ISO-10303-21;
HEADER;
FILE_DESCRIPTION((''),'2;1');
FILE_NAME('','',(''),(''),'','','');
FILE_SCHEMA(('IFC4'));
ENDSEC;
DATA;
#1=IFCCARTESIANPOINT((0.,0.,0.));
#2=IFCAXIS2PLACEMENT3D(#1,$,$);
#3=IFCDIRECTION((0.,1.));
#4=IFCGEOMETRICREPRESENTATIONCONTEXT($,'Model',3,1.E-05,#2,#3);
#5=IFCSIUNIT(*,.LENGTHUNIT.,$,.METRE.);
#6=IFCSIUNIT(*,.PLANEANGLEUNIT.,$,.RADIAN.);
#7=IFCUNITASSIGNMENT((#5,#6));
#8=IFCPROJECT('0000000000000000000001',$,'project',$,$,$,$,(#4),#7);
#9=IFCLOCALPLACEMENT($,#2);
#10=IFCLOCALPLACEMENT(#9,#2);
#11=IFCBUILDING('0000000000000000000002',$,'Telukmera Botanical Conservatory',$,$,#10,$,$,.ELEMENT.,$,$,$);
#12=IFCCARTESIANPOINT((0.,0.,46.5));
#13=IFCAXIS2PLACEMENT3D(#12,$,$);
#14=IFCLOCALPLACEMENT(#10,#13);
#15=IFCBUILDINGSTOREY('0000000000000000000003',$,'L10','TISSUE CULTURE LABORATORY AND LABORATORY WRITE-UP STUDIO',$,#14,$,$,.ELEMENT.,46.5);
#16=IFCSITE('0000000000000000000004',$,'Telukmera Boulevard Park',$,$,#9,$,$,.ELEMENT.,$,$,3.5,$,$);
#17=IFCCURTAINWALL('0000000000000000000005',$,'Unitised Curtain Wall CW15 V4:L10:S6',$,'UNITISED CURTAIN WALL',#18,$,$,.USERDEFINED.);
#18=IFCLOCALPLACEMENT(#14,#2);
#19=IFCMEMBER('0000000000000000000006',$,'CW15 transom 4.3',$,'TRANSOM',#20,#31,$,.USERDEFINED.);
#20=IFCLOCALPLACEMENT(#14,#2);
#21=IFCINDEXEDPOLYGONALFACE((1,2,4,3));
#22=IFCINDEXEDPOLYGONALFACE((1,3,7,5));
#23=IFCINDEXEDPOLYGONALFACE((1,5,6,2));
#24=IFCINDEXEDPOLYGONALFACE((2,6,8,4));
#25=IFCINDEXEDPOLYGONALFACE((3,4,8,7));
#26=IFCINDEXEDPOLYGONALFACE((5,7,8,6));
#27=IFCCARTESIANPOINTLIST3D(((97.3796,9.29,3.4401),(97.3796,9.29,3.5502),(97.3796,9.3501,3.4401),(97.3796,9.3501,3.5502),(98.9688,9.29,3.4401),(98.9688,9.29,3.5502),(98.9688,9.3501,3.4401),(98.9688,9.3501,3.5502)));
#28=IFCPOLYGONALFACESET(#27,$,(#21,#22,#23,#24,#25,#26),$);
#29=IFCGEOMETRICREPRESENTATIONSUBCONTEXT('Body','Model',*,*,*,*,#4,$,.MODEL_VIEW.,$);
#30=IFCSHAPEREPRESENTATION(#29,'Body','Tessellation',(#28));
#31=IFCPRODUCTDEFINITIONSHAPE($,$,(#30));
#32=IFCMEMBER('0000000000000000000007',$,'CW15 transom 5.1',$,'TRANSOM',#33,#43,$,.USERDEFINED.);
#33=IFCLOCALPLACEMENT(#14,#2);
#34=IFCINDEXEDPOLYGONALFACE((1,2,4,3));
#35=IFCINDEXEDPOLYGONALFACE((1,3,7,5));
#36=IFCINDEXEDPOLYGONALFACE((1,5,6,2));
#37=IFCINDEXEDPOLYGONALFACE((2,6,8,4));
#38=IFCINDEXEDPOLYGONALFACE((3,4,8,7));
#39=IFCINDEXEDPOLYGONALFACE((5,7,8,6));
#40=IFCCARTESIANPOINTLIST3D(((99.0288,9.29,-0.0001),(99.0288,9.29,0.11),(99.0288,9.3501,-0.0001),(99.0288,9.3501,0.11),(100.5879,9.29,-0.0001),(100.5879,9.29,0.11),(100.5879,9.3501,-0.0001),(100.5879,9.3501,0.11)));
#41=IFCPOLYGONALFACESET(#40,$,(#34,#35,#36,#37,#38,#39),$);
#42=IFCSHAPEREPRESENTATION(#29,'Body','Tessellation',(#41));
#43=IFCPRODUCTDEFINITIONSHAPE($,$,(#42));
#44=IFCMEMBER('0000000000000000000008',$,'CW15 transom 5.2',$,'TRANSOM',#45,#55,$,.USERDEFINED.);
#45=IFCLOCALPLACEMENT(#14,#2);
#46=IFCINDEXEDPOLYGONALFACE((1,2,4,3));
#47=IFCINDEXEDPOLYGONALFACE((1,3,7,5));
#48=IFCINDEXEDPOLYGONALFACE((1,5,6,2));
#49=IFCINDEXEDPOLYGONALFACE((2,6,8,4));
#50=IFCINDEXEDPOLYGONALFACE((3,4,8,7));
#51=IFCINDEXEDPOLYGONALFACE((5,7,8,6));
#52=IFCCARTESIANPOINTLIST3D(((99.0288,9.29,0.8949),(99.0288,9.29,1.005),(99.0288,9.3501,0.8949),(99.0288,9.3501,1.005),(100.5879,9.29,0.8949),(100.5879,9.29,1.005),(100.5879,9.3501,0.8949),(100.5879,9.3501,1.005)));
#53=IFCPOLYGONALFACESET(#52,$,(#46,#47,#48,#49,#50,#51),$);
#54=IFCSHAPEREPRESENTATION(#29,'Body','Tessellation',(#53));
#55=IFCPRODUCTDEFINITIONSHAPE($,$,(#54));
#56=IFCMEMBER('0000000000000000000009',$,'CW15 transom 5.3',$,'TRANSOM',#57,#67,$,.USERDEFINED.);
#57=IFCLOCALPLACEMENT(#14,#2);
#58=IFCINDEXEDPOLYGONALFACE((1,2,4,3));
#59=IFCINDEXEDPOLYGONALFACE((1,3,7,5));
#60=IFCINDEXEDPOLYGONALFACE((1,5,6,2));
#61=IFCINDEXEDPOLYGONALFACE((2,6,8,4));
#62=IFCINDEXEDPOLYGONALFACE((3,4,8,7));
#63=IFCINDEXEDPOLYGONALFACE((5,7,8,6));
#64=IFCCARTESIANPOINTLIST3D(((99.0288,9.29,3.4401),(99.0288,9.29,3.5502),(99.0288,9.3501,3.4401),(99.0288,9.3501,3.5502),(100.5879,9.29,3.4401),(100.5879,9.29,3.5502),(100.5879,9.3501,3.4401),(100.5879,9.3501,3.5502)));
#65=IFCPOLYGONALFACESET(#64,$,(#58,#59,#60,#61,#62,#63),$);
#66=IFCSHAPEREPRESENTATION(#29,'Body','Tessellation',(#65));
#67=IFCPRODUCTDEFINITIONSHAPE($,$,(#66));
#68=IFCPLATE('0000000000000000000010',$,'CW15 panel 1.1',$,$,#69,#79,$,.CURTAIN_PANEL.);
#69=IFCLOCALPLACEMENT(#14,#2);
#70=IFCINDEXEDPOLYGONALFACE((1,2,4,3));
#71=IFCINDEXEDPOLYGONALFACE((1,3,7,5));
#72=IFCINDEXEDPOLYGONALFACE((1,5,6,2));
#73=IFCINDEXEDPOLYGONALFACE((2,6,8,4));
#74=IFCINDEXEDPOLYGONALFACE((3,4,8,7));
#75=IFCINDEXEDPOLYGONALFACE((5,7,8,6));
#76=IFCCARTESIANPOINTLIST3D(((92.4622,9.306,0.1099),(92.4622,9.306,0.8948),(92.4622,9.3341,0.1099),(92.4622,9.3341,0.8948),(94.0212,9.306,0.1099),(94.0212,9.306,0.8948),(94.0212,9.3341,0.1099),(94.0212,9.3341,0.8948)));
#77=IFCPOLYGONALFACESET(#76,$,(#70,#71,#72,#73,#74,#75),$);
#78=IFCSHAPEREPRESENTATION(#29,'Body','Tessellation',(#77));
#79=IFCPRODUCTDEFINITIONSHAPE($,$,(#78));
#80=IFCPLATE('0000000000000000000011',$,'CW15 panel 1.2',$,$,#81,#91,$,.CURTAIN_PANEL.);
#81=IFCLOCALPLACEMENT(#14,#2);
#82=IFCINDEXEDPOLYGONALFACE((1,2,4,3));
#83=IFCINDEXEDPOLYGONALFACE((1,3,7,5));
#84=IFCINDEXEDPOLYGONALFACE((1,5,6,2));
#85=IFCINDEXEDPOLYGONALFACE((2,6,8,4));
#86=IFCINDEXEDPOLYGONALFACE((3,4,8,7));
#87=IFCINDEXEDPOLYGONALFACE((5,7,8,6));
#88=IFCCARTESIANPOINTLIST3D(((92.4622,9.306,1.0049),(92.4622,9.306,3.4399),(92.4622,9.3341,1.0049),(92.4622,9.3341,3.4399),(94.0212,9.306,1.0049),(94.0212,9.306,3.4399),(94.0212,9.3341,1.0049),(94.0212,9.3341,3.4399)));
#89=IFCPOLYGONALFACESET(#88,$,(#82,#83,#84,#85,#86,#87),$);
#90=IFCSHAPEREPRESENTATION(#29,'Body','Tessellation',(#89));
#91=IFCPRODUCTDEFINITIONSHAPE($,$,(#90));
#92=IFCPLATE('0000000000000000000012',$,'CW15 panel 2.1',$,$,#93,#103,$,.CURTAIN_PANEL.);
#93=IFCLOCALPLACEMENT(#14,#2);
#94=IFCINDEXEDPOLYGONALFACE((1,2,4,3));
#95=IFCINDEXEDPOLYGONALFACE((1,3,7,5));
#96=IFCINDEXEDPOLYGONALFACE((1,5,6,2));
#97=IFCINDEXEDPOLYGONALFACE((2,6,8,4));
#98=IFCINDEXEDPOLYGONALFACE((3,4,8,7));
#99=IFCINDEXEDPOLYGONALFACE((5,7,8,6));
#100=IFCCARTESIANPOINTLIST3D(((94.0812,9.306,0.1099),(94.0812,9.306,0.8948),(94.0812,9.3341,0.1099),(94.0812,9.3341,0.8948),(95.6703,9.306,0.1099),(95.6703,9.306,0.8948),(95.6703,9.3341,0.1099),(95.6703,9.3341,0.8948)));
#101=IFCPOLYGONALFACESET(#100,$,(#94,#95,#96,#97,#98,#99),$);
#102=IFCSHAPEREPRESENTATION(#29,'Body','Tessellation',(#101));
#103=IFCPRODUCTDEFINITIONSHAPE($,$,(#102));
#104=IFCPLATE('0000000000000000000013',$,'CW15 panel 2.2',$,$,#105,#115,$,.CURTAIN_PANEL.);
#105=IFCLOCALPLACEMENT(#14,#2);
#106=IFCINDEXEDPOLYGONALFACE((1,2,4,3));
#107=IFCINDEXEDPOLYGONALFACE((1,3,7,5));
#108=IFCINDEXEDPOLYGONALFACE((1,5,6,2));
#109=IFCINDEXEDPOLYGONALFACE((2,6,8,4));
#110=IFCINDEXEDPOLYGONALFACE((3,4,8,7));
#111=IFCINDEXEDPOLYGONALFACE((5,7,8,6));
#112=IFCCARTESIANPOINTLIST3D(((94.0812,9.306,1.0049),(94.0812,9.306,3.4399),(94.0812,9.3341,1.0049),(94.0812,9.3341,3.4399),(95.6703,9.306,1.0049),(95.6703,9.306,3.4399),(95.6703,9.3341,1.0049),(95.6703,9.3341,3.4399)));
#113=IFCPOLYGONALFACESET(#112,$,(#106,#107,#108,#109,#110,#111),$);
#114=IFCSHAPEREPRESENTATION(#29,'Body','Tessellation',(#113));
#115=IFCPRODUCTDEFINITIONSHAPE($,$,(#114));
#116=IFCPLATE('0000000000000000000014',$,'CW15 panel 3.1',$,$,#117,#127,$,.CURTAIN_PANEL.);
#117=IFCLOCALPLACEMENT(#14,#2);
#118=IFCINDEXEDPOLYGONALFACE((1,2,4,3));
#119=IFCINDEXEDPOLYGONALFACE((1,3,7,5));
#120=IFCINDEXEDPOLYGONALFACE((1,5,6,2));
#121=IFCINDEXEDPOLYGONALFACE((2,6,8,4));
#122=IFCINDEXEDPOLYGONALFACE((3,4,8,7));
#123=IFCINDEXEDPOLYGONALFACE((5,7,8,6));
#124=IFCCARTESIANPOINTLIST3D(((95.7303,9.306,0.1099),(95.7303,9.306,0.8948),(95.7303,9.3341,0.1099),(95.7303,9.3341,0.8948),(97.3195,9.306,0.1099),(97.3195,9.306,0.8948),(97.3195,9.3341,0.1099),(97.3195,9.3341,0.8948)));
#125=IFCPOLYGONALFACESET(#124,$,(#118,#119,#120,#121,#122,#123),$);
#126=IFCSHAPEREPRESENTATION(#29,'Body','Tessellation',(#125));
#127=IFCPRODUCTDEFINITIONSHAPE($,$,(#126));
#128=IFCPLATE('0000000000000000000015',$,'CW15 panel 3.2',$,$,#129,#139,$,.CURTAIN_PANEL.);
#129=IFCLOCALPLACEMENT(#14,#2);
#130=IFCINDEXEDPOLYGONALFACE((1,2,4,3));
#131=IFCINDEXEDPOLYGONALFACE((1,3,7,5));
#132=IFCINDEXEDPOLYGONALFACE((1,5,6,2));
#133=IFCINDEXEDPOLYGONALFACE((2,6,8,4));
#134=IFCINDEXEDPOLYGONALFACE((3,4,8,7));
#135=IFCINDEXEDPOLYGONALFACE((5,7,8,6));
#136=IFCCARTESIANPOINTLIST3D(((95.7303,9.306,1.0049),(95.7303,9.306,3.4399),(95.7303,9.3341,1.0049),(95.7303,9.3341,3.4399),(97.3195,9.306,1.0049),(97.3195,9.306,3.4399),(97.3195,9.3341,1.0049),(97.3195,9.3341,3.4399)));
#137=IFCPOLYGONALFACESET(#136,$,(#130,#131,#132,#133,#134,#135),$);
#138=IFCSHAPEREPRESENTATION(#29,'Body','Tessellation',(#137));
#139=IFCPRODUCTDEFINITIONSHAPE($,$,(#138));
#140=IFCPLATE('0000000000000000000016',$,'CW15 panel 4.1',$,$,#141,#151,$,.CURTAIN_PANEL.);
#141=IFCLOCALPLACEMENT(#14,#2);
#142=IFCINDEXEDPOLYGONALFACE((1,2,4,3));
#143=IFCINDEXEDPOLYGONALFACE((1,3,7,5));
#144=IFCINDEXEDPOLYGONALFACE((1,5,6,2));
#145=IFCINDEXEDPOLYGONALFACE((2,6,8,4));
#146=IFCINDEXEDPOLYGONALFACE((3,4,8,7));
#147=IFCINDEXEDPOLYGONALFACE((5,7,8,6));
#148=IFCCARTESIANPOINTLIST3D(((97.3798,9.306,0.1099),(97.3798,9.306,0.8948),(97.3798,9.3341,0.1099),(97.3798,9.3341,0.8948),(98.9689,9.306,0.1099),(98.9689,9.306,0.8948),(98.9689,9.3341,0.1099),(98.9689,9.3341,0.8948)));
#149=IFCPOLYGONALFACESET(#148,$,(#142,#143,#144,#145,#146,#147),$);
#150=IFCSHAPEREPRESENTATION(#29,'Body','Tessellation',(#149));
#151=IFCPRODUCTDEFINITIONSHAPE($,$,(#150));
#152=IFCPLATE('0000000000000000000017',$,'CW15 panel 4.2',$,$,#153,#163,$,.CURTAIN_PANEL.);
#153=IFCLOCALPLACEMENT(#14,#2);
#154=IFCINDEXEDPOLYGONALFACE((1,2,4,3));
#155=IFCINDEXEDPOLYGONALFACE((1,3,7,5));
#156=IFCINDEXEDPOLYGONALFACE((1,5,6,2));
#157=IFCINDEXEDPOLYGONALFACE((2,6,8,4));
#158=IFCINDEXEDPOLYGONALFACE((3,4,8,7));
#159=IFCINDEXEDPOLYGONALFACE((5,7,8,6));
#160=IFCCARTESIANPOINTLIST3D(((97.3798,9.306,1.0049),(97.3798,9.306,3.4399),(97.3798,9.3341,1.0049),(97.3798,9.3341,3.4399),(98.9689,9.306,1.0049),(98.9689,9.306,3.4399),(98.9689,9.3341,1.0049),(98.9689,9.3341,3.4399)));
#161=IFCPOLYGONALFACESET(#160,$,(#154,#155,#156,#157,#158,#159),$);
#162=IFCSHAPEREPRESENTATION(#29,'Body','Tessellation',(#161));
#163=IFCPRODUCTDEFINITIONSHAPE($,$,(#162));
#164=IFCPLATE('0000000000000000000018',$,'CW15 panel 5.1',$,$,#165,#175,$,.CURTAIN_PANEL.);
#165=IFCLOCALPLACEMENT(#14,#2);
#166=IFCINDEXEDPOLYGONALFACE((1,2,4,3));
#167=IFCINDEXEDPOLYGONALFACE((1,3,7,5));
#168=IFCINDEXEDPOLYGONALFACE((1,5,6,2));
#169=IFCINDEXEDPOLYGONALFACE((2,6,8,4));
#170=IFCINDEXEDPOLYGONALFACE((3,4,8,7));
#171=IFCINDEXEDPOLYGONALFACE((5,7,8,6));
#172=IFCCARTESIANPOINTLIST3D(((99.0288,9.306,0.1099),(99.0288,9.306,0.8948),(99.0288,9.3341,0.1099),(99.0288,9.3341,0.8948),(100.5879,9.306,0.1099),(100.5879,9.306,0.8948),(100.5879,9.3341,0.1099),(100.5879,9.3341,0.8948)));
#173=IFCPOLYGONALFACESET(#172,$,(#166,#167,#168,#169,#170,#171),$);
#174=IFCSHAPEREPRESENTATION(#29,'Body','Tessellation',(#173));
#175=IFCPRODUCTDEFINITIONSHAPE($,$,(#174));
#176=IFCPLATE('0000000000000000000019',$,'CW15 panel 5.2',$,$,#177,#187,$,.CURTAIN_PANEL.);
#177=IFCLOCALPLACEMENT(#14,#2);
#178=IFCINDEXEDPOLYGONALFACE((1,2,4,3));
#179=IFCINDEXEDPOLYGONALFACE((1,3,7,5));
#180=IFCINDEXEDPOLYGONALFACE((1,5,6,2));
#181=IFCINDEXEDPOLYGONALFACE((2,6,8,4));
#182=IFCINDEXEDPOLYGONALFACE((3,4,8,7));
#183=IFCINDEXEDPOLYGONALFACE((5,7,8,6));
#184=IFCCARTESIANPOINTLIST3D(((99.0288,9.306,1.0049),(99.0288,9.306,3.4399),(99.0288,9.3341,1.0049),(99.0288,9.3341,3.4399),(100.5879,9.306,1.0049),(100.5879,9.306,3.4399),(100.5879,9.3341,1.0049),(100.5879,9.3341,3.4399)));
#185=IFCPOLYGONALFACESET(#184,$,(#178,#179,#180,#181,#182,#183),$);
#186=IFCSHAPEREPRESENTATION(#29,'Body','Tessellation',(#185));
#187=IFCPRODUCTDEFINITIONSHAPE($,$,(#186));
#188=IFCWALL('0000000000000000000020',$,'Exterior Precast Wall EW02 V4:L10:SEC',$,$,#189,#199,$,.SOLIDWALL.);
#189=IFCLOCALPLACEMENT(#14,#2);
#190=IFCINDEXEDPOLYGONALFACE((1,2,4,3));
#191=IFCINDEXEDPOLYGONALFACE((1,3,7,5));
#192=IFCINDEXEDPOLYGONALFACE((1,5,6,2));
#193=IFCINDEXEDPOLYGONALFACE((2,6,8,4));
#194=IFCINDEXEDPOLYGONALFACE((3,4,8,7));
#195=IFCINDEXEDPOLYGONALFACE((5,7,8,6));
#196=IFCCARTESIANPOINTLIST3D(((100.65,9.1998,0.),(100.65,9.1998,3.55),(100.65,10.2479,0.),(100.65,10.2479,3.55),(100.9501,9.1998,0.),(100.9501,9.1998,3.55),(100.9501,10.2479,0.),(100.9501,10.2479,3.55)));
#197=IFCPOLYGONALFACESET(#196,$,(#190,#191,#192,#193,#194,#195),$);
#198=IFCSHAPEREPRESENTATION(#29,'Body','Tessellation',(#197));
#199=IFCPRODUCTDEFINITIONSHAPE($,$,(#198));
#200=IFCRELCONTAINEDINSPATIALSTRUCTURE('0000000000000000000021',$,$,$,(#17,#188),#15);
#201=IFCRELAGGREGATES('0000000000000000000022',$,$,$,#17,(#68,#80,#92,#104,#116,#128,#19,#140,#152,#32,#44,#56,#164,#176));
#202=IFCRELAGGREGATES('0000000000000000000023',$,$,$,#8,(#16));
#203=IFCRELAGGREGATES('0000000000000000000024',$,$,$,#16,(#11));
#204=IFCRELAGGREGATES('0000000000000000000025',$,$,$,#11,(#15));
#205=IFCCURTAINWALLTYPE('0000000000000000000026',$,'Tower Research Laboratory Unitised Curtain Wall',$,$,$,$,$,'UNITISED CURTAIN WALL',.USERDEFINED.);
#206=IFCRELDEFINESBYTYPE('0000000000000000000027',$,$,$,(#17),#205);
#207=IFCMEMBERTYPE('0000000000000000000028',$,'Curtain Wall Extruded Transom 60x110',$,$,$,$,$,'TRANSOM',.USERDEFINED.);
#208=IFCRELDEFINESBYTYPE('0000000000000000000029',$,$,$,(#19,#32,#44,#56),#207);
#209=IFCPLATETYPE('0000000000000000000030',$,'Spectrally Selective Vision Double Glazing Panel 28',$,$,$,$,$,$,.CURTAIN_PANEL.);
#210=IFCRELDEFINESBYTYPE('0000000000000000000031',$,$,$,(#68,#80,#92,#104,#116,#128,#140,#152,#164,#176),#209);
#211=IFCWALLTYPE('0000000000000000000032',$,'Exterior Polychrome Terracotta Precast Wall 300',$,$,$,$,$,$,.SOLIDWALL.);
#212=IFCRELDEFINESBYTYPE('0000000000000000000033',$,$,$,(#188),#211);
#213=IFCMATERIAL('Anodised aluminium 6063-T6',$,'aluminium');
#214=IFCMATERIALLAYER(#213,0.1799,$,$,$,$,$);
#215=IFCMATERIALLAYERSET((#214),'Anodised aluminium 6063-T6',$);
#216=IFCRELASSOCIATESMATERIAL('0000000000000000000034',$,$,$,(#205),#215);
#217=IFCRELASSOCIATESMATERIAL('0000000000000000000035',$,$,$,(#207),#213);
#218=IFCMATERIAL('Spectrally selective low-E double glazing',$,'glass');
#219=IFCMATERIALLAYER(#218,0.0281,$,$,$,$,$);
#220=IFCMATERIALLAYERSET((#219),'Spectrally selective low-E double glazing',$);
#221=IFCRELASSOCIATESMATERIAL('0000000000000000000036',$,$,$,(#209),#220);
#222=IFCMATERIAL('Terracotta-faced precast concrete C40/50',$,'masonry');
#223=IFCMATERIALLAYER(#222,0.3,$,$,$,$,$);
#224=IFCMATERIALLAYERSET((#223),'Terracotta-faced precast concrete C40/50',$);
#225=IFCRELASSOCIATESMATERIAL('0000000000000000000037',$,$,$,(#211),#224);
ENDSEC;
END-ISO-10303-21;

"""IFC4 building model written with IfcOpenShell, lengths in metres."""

from ifc_helpers import new_model, si_unit, direction, frame, frame_2d, origin, origin_2d, place, context, subcontext, project, spatial, rectangle, extrude, material, layer, layer_set, material_profile, profile_set, type_object, element, aggregate, save


model = new_model("IFC4")

# Units and contexts
model_context = context("Model", 3, precision=1e-05, world=origin(), true_north=direction((0.0, 1.0)))
body_context = subcontext(model_context, "Body", "Model", "MODEL_VIEW")
ifc_project = project(units=[si_unit("LENGTHUNIT", "METRE"), si_unit("PLANEANGLEUNIT", "RADIAN")], contexts=[model_context])

# Site, building, storey
site_placement = place(None, origin())
site = spatial("IfcSite", under=ifc_project, at=site_placement, Name="Telukmera Boulevard Park", CompositionType="ELEMENT", RefElevation=3.5)
building_placement = place(site_placement, origin())
building = spatial("IfcBuilding", under=site, at=building_placement, Name="Telukmera Botanical Conservatory", CompositionType="ELEMENT")
storey_placement = place(building_placement, frame((0.0, 0.0, 46.5)))
storey = spatial("IfcBuildingStorey", under=building, at=storey_placement, Name="L10", Description="TISSUE CULTURE LABORATORY AND LABORATORY WRITE-UP STUDIO", CompositionType="ELEMENT", Elevation=46.5)

# Curtain wall, members, plates
ifc_material_1 = material(Name="Anodised aluminium 6063-T6", Category="aluminium")
ifc_layer_1 = layer(ifc_material_1, 0.1799)
ifc_layer_set_1 = layer_set([ifc_layer_1], Name="Anodised aluminium 6063-T6")
curtain_wall_type = type_object("IfcCurtainWallType", Name="Tower Research Laboratory Unitised Curtain Wall", ElementType="UNITISED CURTAIN WALL", PredefinedType="USERDEFINED", material=ifc_layer_set_1)
curtain_wall_placement = place(storey_placement, origin())
curtain_wall = element("IfcCurtainWall", 1, at=curtain_wall_placement, inside=storey, type_object=curtain_wall_type, Name="Unitised Curtain Wall CW15 V4:L10:S6", ObjectType="UNITISED CURTAIN WALL", PredefinedType="USERDEFINED")
ifc_material_profile_1 = material_profile(ifc_material_1, rectangle(XDim=0.0601, YDim=0.1101, at=origin_2d()), Name="ALU TRAN 60x110")
ifc_profile_set_1 = profile_set([ifc_material_profile_1], Name="Anodised aluminium 6063-T6")
member_type_1 = type_object("IfcMemberType", Name="Curtain Wall Extruded Transom 60x110", ElementType="TRANSOM", PredefinedType="USERDEFINED", material=ifc_profile_set_1)
member_1_placement = place(storey_placement, frame((97.3796, 9.3201, 3.4951), z_axis=(1.0, 0.0, 0.0), x_axis=(0.0, 1.0, 0.0)))
member_1 = element("IfcMember", 2, at=member_1_placement, type_object=member_type_1, Name="CW15 transom 4.3", ObjectType="TRANSOM", PredefinedType="USERDEFINED", context=body_context, shape_type="SweptSolid", body=[
    extrude(rectangle(XDim=0.0601, YDim=0.1101, at=origin_2d()), origin(), (0.0, 0.0, 1.0), 1.5891),
])
member_2_placement = place(storey_placement, frame((99.0288, 9.3201, 0.0549), z_axis=(1.0, 0.0, 0.0), x_axis=(0.0, 1.0, 0.0)))
member_2 = element("IfcMember", 3, at=member_2_placement, type_object=member_type_1, Name="CW15 transom 5.1", ObjectType="TRANSOM", PredefinedType="USERDEFINED", context=body_context, shape_type="SweptSolid", body=[
    extrude(rectangle(XDim=0.0601, YDim=0.1101, at=origin_2d()), origin(), (0.0, 0.0, 1.0), 1.5591),
])
member_3_placement = place(storey_placement, frame((99.0288, 9.3201, 0.95), z_axis=(1.0, 0.0, 0.0), x_axis=(0.0, 1.0, 0.0)))
member_3 = element("IfcMember", 4, at=member_3_placement, type_object=member_type_1, Name="CW15 transom 5.2", ObjectType="TRANSOM", PredefinedType="USERDEFINED", context=body_context, shape_type="SweptSolid", body=[
    extrude(rectangle(XDim=0.0601, YDim=0.1101, at=origin_2d()), origin(), (0.0, 0.0, 1.0), 1.5591),
])
member_4_placement = place(storey_placement, frame((99.0288, 9.3201, 3.4951), z_axis=(1.0, 0.0, 0.0), x_axis=(0.0, 1.0, 0.0)))
member_4 = element("IfcMember", 5, at=member_4_placement, type_object=member_type_1, Name="CW15 transom 5.3", ObjectType="TRANSOM", PredefinedType="USERDEFINED", context=body_context, shape_type="SweptSolid", body=[
    extrude(rectangle(XDim=0.0601, YDim=0.1101, at=origin_2d()), origin(), (0.0, 0.0, 1.0), 1.5591),
])
ifc_material_2 = material(Name="Spectrally selective low-E double glazing", Category="glass")
ifc_layer_2 = layer(ifc_material_2, 0.0281)
ifc_layer_set_2 = layer_set([ifc_layer_2], Name="Spectrally selective low-E double glazing")
plate_type = type_object("IfcPlateType", Name="Spectrally Selective Vision Double Glazing Panel 28", PredefinedType="CURTAIN_PANEL", material=ifc_layer_set_2)
plate_1_placement = place(storey_placement, frame((93.2417, 9.3201, 0.1099), z_axis=(0.0, 0.0, 1.0), x_axis=(1.0, 0.0, 0.0)))
plate_1 = element("IfcPlate", 6, at=plate_1_placement, type_object=plate_type, Name="CW15 panel 1.1", PredefinedType="CURTAIN_PANEL", context=body_context, shape_type="SweptSolid", body=[
    extrude(rectangle(XDim=1.5591, YDim=0.0281, at=origin_2d()), origin(), (0.0, 0.0, 1.0), 0.7849),
])
plate_2_placement = place(storey_placement, frame((93.2417, 9.3201, 1.0049), z_axis=(0.0, 0.0, 1.0), x_axis=(1.0, 0.0, 0.0)))
plate_2 = element("IfcPlate", 7, at=plate_2_placement, type_object=plate_type, Name="CW15 panel 1.2", PredefinedType="CURTAIN_PANEL", context=body_context, shape_type="SweptSolid", body=[
    extrude(rectangle(XDim=1.5591, YDim=0.0281, at=origin_2d()), origin(), (0.0, 0.0, 1.0), 2.4351),
])
plate_3_placement = place(storey_placement, frame((94.8757, 9.3201, 0.1099), z_axis=(0.0, 0.0, 1.0), x_axis=(1.0, 0.0, 0.0)))
plate_3 = element("IfcPlate", 8, at=plate_3_placement, type_object=plate_type, Name="CW15 panel 2.1", PredefinedType="CURTAIN_PANEL", context=body_context, shape_type="SweptSolid", body=[
    extrude(rectangle(XDim=1.5891, YDim=0.0281, at=origin_2d()), origin(), (0.0, 0.0, 1.0), 0.7849),
])
plate_4_placement = place(storey_placement, frame((94.8757, 9.3201, 1.0049), z_axis=(0.0, 0.0, 1.0), x_axis=(1.0, 0.0, 0.0)))
plate_4 = element("IfcPlate", 9, at=plate_4_placement, type_object=plate_type, Name="CW15 panel 2.2", PredefinedType="CURTAIN_PANEL", context=body_context, shape_type="SweptSolid", body=[
    extrude(rectangle(XDim=1.5891, YDim=0.0281, at=origin_2d()), origin(), (0.0, 0.0, 1.0), 2.4351),
])
plate_5_placement = place(storey_placement, frame((96.5249, 9.3201, 0.1099), z_axis=(0.0, 0.0, 1.0), x_axis=(1.0, 0.0, 0.0)))
plate_5 = element("IfcPlate", 10, at=plate_5_placement, type_object=plate_type, Name="CW15 panel 3.1", PredefinedType="CURTAIN_PANEL", context=body_context, shape_type="SweptSolid", body=[
    extrude(rectangle(XDim=1.5891, YDim=0.0281, at=origin_2d()), origin(), (0.0, 0.0, 1.0), 0.7849),
])
plate_6_placement = place(storey_placement, frame((96.5249, 9.3201, 1.0049), z_axis=(0.0, 0.0, 1.0), x_axis=(1.0, 0.0, 0.0)))
plate_6 = element("IfcPlate", 11, at=plate_6_placement, type_object=plate_type, Name="CW15 panel 3.2", PredefinedType="CURTAIN_PANEL", context=body_context, shape_type="SweptSolid", body=[
    extrude(rectangle(XDim=1.5891, YDim=0.0281, at=origin_2d()), origin(), (0.0, 0.0, 1.0), 2.4351),
])
plate_7_placement = place(storey_placement, frame((98.1743, 9.3201, 0.1099), z_axis=(0.0, 0.0, 1.0), x_axis=(1.0, 0.0, 0.0)))
plate_7 = element("IfcPlate", 12, at=plate_7_placement, type_object=plate_type, Name="CW15 panel 4.1", PredefinedType="CURTAIN_PANEL", context=body_context, shape_type="SweptSolid", body=[
    extrude(rectangle(XDim=1.5891, YDim=0.0281, at=origin_2d()), origin(), (0.0, 0.0, 1.0), 0.7849),
])
plate_8_placement = place(storey_placement, frame((98.1743, 9.3201, 1.0049), z_axis=(0.0, 0.0, 1.0), x_axis=(1.0, 0.0, 0.0)))
plate_8 = element("IfcPlate", 13, at=plate_8_placement, type_object=plate_type, Name="CW15 panel 4.2", PredefinedType="CURTAIN_PANEL", context=body_context, shape_type="SweptSolid", body=[
    extrude(rectangle(XDim=1.5891, YDim=0.0281, at=origin_2d()), origin(), (0.0, 0.0, 1.0), 2.4351),
])
plate_9_placement = place(storey_placement, frame((99.8083, 9.3201, 0.1099), z_axis=(0.0, 0.0, 1.0), x_axis=(1.0, 0.0, 0.0)))
plate_9 = element("IfcPlate", 14, at=plate_9_placement, type_object=plate_type, Name="CW15 panel 5.1", PredefinedType="CURTAIN_PANEL", context=body_context, shape_type="SweptSolid", body=[
    extrude(rectangle(XDim=1.5591, YDim=0.0281, at=origin_2d()), origin(), (0.0, 0.0, 1.0), 0.7849),
])
plate_10_placement = place(storey_placement, frame((99.8083, 9.3201, 1.0049), z_axis=(0.0, 0.0, 1.0), x_axis=(1.0, 0.0, 0.0)))
plate_10 = element("IfcPlate", 15, at=plate_10_placement, type_object=plate_type, Name="CW15 panel 5.2", PredefinedType="CURTAIN_PANEL", context=body_context, shape_type="SweptSolid", body=[
    extrude(rectangle(XDim=1.5591, YDim=0.0281, at=origin_2d()), origin(), (0.0, 0.0, 1.0), 2.4351),
])
aggregate(curtain_wall, [plate_1, plate_2, plate_3, plate_4, plate_5, plate_6, member_1, plate_7, plate_8, member_2, member_3, member_4, plate_9, plate_10])

# Wall
ifc_material_3 = material(Name="Terracotta-faced precast concrete C40/50", Category="masonry")
ifc_layer_3 = layer(ifc_material_3, 0.3)
ifc_layer_set_3 = layer_set([ifc_layer_3], Name="Terracotta-faced precast concrete C40/50")
wall_type = type_object("IfcWallType", Name="Exterior Polychrome Terracotta Precast Wall 300", PredefinedType="SOLIDWALL", material=ifc_layer_set_3)
wall_placement = place(storey_placement, frame((100.8, 9.2, 0.0), z_axis=(0.0, 0.0, 1.0), x_axis=(0.0, 1.0, 0.0)))
element("IfcWall", 16, at=wall_placement, inside=storey, type_object=wall_type, Name="Exterior Precast Wall EW02 V4:L10:SEC", PredefinedType="SOLIDWALL", context=body_context, shape_type="SweptSolid", body=[
    extrude(rectangle(XDim=1.0481, YDim=0.3, at=frame_2d((0.5239, 0.0))), origin(), (0.0, 0.0, 1.0), 3.55),
])

save(model, "model.ifc")
